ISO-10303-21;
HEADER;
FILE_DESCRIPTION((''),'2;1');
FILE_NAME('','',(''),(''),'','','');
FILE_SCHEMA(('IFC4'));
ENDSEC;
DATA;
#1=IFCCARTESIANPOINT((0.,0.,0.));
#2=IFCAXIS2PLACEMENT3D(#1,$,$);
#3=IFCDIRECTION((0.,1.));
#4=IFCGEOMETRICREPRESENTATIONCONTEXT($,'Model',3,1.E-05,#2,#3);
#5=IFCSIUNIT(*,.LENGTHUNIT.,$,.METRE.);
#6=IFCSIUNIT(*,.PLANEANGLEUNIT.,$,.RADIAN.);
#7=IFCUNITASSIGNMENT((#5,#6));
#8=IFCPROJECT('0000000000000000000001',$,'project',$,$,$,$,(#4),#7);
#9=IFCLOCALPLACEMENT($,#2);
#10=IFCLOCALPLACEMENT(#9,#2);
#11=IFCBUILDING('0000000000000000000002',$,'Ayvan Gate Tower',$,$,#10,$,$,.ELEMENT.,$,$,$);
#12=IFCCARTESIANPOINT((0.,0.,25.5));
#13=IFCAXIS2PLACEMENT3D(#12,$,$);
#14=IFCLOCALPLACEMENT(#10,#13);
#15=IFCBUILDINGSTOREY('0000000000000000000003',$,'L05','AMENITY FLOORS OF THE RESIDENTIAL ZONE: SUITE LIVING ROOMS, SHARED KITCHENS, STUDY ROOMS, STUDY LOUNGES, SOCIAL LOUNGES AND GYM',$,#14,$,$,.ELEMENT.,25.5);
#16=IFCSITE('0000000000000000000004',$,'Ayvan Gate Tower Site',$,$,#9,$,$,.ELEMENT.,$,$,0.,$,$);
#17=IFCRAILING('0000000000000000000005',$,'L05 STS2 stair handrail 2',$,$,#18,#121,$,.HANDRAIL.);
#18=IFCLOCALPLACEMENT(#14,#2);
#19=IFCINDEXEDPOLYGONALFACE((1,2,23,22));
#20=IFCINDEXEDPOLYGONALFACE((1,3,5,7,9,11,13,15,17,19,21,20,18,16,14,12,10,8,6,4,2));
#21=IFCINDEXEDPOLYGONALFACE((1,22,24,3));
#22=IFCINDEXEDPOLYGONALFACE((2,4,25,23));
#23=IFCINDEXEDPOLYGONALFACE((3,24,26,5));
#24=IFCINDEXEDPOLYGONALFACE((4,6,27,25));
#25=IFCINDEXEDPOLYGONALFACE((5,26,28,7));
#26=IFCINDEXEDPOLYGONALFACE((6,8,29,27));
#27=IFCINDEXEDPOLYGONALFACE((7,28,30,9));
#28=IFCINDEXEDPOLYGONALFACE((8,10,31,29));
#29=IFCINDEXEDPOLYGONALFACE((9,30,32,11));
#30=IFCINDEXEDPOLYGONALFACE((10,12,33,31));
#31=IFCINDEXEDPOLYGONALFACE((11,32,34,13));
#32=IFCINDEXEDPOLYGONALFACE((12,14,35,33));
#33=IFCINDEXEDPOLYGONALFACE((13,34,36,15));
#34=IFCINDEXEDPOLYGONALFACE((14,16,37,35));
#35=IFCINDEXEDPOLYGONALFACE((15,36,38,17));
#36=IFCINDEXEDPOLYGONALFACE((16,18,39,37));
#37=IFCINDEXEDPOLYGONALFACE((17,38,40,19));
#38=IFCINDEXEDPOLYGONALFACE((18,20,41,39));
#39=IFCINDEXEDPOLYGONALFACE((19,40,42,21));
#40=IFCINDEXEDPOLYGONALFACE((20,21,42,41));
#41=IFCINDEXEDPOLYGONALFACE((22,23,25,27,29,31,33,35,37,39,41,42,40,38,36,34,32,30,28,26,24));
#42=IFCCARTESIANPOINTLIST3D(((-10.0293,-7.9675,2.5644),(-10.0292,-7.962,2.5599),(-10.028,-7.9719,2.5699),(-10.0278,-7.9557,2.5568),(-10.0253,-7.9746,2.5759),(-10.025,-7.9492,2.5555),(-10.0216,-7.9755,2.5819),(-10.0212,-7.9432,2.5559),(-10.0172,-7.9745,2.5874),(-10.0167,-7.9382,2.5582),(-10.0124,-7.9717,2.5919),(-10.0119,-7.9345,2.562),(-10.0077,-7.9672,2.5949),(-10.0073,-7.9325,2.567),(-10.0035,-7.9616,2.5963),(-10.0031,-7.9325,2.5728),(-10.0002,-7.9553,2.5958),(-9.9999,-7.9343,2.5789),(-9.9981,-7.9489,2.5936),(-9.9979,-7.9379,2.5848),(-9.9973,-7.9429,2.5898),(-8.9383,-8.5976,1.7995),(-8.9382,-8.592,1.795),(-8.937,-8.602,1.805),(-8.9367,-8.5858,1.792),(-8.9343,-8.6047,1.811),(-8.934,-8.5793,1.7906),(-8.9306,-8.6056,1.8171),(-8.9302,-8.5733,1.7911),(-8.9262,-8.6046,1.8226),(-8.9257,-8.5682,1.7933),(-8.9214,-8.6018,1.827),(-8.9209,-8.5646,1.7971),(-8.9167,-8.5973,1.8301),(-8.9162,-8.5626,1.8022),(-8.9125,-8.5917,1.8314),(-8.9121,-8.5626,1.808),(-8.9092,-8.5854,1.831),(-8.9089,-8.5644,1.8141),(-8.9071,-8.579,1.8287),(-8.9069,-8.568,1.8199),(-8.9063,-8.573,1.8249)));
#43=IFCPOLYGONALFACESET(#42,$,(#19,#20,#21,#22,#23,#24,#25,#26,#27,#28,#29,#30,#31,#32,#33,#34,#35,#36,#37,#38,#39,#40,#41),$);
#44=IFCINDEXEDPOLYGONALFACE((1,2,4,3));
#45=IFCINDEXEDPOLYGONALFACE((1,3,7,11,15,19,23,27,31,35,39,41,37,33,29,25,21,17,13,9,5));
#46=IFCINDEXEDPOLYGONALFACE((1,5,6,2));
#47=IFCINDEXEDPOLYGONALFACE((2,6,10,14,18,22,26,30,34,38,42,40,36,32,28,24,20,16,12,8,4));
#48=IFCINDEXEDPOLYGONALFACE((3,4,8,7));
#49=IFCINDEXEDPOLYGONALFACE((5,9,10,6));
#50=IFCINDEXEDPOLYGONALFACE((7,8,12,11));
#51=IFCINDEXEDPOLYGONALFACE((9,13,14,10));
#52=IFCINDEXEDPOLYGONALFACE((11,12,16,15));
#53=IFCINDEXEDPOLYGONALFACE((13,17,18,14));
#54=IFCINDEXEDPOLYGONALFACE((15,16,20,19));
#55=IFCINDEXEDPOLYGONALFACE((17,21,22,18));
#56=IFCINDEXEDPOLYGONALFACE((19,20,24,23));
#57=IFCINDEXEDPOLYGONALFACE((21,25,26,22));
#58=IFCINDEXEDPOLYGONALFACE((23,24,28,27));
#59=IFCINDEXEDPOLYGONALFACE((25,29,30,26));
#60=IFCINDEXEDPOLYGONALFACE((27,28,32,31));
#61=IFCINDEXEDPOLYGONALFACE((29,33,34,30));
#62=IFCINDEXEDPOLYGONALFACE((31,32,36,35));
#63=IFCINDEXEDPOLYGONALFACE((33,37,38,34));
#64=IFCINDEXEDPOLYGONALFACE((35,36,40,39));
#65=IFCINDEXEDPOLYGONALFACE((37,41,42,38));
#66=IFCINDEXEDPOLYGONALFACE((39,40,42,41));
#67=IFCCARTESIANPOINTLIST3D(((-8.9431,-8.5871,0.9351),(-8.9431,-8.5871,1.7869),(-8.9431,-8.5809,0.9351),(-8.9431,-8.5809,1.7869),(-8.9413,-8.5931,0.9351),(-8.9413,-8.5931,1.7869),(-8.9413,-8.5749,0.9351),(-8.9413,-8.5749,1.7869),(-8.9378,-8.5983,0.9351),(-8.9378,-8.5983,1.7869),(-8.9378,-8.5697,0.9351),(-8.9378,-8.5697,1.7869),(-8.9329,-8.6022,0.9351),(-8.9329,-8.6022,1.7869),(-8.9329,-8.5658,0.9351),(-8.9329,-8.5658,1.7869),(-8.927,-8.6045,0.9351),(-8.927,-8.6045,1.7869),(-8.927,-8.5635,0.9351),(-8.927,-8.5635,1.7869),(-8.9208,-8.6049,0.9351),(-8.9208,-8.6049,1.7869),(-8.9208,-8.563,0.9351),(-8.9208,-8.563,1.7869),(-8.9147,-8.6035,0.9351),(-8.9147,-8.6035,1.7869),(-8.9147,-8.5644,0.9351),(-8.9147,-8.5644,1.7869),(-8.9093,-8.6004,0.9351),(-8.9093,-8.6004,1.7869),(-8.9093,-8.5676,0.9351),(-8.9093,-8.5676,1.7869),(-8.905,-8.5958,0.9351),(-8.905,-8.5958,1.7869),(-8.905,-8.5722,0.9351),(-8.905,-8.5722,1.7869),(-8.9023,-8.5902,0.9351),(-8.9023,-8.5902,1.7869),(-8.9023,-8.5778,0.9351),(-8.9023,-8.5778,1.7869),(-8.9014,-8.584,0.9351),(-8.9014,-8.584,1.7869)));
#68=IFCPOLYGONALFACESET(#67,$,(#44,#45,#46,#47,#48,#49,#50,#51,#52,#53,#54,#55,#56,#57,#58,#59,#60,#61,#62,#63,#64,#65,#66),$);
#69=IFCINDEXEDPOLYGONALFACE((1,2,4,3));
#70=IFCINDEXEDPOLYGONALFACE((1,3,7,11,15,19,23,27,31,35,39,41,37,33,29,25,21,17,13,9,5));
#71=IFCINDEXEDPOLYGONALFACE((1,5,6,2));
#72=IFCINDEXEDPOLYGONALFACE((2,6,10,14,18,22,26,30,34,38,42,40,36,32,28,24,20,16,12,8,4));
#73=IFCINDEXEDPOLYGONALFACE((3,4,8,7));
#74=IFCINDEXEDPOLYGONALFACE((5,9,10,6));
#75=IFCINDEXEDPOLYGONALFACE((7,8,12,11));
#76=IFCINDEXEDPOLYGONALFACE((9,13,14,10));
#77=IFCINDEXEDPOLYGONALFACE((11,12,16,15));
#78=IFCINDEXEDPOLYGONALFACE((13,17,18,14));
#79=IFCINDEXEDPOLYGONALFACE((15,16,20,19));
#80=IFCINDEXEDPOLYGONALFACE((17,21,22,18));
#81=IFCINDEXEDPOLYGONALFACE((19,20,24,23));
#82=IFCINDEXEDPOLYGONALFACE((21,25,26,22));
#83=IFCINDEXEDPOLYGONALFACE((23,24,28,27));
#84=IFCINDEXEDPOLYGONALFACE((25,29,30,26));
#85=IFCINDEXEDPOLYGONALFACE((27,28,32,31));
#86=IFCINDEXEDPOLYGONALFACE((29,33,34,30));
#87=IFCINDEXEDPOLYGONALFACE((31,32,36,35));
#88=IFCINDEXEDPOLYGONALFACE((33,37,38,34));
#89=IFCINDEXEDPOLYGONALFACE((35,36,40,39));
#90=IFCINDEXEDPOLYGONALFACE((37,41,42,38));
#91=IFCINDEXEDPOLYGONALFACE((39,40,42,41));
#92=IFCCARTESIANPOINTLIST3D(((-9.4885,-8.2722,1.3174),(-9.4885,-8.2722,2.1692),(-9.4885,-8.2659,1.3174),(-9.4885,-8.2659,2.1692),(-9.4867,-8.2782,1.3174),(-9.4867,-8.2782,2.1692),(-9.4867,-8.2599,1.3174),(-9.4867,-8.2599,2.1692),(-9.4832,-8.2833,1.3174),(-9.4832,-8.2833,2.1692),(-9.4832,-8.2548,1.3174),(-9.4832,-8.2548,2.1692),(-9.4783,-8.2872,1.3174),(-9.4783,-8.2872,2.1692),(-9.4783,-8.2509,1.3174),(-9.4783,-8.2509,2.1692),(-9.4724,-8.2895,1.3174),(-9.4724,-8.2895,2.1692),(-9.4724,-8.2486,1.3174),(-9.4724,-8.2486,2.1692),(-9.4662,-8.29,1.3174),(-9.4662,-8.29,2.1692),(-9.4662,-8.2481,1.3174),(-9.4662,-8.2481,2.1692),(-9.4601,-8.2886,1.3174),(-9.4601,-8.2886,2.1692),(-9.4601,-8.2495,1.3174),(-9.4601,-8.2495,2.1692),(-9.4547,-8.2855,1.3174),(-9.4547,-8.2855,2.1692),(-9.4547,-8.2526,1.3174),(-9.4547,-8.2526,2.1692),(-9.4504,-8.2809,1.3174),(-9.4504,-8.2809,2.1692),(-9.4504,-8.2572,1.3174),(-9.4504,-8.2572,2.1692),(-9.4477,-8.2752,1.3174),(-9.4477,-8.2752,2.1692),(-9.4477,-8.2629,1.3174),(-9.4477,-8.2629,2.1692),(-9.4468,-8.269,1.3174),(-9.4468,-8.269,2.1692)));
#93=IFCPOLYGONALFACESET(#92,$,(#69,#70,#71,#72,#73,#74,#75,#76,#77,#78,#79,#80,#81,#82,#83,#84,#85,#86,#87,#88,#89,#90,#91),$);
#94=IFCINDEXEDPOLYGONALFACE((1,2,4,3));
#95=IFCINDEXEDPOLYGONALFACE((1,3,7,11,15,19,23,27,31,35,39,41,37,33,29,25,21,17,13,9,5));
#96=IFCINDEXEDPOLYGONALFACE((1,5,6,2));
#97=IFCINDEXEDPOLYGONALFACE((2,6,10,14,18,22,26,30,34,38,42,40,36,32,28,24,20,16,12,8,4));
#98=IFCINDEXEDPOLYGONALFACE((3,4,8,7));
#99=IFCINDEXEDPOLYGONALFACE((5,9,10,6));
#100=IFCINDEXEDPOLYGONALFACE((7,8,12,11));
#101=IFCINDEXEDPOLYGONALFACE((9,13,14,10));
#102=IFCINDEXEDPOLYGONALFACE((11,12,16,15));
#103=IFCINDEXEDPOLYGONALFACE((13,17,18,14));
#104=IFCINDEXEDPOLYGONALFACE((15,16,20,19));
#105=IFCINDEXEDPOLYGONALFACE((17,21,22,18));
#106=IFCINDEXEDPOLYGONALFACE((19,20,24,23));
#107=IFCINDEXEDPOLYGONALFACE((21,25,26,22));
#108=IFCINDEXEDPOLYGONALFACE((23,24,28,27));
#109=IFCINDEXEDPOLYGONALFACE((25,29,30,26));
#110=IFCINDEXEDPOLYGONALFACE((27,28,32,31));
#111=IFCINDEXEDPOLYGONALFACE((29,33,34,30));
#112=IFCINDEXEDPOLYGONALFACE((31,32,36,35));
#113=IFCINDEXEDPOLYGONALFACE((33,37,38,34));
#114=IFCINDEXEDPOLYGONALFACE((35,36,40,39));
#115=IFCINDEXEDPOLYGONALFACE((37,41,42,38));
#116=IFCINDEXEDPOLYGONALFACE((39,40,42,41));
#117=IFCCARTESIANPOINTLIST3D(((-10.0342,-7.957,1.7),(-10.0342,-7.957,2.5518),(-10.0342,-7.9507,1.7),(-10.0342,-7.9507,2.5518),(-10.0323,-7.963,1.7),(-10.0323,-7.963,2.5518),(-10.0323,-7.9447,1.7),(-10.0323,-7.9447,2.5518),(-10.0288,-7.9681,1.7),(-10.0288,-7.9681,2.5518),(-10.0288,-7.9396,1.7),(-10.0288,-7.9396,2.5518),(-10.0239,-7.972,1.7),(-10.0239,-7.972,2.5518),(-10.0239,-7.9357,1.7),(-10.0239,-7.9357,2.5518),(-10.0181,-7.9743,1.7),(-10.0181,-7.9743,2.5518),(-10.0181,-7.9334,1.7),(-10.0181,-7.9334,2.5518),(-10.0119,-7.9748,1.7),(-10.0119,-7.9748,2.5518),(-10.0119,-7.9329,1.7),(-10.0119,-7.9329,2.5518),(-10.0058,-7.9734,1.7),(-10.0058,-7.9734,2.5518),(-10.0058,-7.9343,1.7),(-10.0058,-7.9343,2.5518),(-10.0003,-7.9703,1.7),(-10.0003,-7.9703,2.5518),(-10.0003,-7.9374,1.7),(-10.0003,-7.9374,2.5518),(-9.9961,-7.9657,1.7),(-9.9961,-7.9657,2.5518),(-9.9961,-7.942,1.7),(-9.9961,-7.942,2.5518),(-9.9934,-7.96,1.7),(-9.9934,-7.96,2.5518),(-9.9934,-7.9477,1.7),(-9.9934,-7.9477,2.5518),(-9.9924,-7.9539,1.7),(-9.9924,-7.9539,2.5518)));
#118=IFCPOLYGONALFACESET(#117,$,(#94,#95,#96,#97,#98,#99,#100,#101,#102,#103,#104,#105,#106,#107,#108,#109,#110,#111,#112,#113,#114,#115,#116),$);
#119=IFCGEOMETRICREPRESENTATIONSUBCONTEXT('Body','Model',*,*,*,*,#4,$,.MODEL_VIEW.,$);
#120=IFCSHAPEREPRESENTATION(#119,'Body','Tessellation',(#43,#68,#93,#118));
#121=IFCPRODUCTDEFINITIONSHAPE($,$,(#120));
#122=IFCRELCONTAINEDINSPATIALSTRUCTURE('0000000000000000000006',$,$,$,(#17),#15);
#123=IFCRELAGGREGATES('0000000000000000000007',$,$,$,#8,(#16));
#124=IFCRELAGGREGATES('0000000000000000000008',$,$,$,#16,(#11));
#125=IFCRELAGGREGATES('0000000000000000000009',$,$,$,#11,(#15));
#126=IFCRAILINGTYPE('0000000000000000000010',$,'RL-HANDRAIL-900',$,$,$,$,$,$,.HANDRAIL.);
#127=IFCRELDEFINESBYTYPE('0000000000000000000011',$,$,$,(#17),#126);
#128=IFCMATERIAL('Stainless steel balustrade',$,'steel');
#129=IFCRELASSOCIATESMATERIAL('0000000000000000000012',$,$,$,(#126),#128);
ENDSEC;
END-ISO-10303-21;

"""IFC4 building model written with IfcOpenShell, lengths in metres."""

from ifc_helpers import new_model, si_unit, direction, frame, origin, origin_2d, place, context, subcontext, project, spatial, circle, extrude, material, type_object, element, save


model = new_model("IFC4")

# Units and contexts
model_context = context("Model", 3, precision=1e-05, world=origin(), true_north=direction((0.0, 1.0)))
body_context = subcontext(model_context, "Body", "Model", "MODEL_VIEW")
ifc_project = project(units=[si_unit("LENGTHUNIT", "METRE"), si_unit("PLANEANGLEUNIT", "RADIAN")], contexts=[model_context])

# Site, building, storey
site_placement = place(None, origin())
site = spatial("IfcSite", under=ifc_project, at=site_placement, Name="Ayvan Gate Tower Site", CompositionType="ELEMENT", RefElevation=0.0)
building_placement = place(site_placement, origin())
building = spatial("IfcBuilding", under=site, at=building_placement, Name="Ayvan Gate Tower", CompositionType="ELEMENT")
storey_placement = place(building_placement, frame((0.0, 0.0, 25.5)))
storey = spatial("IfcBuildingStorey", under=building, at=storey_placement, Name="L05", Description="AMENITY FLOORS OF THE RESIDENTIAL ZONE: SUITE LIVING ROOMS, SHARED KITCHENS, STUDY ROOMS, STUDY LOUNGES, SOCIAL LOUNGES AND GYM", CompositionType="ELEMENT", Elevation=25.5)

# Railing
ifc_material_1 = material(Name="Stainless steel balustrade", Category="steel")
railing_type_1 = type_object("IfcRailingType", Name="RL-HANDRAIL-900", PredefinedType="HANDRAIL", material=ifc_material_1)
railing_1_placement = place(storey_placement, frame((-8.9224, -8.584, 0.9351)))
element("IfcRailing", 1, at=railing_1_placement, inside=storey, type_object=railing_type_1, Name="L05 STS2 stair handrail 2", PredefinedType="HANDRAIL", context=body_context, shape_type="SweptSolid", body=[
    extrude(circle(Radius=0.0239, at=origin_2d()), frame((0.0, 0.0, 0.876), z_axis=(-0.740229, 0.427508, 0.518939), x_axis=(-0.500119, -0.865956, 0.0)), (0.0, 0.0, 1.0), 1.4739),
    extrude(circle(Radius=0.021, at=origin_2d()), origin(), (0.0, 0.0, 1.0), 0.8518),
    extrude(circle(Radius=0.021, at=origin_2d()), frame((-0.5454, 0.3149, 0.3823)), (0.0, 0.0, 1.0), 0.8518),
    extrude(circle(Radius=0.021, at=origin_2d()), frame((-1.0911, 0.6301, 0.7649)), (0.0, 0.0, 1.0), 0.8518),
])

save(model, "model.ifc")
